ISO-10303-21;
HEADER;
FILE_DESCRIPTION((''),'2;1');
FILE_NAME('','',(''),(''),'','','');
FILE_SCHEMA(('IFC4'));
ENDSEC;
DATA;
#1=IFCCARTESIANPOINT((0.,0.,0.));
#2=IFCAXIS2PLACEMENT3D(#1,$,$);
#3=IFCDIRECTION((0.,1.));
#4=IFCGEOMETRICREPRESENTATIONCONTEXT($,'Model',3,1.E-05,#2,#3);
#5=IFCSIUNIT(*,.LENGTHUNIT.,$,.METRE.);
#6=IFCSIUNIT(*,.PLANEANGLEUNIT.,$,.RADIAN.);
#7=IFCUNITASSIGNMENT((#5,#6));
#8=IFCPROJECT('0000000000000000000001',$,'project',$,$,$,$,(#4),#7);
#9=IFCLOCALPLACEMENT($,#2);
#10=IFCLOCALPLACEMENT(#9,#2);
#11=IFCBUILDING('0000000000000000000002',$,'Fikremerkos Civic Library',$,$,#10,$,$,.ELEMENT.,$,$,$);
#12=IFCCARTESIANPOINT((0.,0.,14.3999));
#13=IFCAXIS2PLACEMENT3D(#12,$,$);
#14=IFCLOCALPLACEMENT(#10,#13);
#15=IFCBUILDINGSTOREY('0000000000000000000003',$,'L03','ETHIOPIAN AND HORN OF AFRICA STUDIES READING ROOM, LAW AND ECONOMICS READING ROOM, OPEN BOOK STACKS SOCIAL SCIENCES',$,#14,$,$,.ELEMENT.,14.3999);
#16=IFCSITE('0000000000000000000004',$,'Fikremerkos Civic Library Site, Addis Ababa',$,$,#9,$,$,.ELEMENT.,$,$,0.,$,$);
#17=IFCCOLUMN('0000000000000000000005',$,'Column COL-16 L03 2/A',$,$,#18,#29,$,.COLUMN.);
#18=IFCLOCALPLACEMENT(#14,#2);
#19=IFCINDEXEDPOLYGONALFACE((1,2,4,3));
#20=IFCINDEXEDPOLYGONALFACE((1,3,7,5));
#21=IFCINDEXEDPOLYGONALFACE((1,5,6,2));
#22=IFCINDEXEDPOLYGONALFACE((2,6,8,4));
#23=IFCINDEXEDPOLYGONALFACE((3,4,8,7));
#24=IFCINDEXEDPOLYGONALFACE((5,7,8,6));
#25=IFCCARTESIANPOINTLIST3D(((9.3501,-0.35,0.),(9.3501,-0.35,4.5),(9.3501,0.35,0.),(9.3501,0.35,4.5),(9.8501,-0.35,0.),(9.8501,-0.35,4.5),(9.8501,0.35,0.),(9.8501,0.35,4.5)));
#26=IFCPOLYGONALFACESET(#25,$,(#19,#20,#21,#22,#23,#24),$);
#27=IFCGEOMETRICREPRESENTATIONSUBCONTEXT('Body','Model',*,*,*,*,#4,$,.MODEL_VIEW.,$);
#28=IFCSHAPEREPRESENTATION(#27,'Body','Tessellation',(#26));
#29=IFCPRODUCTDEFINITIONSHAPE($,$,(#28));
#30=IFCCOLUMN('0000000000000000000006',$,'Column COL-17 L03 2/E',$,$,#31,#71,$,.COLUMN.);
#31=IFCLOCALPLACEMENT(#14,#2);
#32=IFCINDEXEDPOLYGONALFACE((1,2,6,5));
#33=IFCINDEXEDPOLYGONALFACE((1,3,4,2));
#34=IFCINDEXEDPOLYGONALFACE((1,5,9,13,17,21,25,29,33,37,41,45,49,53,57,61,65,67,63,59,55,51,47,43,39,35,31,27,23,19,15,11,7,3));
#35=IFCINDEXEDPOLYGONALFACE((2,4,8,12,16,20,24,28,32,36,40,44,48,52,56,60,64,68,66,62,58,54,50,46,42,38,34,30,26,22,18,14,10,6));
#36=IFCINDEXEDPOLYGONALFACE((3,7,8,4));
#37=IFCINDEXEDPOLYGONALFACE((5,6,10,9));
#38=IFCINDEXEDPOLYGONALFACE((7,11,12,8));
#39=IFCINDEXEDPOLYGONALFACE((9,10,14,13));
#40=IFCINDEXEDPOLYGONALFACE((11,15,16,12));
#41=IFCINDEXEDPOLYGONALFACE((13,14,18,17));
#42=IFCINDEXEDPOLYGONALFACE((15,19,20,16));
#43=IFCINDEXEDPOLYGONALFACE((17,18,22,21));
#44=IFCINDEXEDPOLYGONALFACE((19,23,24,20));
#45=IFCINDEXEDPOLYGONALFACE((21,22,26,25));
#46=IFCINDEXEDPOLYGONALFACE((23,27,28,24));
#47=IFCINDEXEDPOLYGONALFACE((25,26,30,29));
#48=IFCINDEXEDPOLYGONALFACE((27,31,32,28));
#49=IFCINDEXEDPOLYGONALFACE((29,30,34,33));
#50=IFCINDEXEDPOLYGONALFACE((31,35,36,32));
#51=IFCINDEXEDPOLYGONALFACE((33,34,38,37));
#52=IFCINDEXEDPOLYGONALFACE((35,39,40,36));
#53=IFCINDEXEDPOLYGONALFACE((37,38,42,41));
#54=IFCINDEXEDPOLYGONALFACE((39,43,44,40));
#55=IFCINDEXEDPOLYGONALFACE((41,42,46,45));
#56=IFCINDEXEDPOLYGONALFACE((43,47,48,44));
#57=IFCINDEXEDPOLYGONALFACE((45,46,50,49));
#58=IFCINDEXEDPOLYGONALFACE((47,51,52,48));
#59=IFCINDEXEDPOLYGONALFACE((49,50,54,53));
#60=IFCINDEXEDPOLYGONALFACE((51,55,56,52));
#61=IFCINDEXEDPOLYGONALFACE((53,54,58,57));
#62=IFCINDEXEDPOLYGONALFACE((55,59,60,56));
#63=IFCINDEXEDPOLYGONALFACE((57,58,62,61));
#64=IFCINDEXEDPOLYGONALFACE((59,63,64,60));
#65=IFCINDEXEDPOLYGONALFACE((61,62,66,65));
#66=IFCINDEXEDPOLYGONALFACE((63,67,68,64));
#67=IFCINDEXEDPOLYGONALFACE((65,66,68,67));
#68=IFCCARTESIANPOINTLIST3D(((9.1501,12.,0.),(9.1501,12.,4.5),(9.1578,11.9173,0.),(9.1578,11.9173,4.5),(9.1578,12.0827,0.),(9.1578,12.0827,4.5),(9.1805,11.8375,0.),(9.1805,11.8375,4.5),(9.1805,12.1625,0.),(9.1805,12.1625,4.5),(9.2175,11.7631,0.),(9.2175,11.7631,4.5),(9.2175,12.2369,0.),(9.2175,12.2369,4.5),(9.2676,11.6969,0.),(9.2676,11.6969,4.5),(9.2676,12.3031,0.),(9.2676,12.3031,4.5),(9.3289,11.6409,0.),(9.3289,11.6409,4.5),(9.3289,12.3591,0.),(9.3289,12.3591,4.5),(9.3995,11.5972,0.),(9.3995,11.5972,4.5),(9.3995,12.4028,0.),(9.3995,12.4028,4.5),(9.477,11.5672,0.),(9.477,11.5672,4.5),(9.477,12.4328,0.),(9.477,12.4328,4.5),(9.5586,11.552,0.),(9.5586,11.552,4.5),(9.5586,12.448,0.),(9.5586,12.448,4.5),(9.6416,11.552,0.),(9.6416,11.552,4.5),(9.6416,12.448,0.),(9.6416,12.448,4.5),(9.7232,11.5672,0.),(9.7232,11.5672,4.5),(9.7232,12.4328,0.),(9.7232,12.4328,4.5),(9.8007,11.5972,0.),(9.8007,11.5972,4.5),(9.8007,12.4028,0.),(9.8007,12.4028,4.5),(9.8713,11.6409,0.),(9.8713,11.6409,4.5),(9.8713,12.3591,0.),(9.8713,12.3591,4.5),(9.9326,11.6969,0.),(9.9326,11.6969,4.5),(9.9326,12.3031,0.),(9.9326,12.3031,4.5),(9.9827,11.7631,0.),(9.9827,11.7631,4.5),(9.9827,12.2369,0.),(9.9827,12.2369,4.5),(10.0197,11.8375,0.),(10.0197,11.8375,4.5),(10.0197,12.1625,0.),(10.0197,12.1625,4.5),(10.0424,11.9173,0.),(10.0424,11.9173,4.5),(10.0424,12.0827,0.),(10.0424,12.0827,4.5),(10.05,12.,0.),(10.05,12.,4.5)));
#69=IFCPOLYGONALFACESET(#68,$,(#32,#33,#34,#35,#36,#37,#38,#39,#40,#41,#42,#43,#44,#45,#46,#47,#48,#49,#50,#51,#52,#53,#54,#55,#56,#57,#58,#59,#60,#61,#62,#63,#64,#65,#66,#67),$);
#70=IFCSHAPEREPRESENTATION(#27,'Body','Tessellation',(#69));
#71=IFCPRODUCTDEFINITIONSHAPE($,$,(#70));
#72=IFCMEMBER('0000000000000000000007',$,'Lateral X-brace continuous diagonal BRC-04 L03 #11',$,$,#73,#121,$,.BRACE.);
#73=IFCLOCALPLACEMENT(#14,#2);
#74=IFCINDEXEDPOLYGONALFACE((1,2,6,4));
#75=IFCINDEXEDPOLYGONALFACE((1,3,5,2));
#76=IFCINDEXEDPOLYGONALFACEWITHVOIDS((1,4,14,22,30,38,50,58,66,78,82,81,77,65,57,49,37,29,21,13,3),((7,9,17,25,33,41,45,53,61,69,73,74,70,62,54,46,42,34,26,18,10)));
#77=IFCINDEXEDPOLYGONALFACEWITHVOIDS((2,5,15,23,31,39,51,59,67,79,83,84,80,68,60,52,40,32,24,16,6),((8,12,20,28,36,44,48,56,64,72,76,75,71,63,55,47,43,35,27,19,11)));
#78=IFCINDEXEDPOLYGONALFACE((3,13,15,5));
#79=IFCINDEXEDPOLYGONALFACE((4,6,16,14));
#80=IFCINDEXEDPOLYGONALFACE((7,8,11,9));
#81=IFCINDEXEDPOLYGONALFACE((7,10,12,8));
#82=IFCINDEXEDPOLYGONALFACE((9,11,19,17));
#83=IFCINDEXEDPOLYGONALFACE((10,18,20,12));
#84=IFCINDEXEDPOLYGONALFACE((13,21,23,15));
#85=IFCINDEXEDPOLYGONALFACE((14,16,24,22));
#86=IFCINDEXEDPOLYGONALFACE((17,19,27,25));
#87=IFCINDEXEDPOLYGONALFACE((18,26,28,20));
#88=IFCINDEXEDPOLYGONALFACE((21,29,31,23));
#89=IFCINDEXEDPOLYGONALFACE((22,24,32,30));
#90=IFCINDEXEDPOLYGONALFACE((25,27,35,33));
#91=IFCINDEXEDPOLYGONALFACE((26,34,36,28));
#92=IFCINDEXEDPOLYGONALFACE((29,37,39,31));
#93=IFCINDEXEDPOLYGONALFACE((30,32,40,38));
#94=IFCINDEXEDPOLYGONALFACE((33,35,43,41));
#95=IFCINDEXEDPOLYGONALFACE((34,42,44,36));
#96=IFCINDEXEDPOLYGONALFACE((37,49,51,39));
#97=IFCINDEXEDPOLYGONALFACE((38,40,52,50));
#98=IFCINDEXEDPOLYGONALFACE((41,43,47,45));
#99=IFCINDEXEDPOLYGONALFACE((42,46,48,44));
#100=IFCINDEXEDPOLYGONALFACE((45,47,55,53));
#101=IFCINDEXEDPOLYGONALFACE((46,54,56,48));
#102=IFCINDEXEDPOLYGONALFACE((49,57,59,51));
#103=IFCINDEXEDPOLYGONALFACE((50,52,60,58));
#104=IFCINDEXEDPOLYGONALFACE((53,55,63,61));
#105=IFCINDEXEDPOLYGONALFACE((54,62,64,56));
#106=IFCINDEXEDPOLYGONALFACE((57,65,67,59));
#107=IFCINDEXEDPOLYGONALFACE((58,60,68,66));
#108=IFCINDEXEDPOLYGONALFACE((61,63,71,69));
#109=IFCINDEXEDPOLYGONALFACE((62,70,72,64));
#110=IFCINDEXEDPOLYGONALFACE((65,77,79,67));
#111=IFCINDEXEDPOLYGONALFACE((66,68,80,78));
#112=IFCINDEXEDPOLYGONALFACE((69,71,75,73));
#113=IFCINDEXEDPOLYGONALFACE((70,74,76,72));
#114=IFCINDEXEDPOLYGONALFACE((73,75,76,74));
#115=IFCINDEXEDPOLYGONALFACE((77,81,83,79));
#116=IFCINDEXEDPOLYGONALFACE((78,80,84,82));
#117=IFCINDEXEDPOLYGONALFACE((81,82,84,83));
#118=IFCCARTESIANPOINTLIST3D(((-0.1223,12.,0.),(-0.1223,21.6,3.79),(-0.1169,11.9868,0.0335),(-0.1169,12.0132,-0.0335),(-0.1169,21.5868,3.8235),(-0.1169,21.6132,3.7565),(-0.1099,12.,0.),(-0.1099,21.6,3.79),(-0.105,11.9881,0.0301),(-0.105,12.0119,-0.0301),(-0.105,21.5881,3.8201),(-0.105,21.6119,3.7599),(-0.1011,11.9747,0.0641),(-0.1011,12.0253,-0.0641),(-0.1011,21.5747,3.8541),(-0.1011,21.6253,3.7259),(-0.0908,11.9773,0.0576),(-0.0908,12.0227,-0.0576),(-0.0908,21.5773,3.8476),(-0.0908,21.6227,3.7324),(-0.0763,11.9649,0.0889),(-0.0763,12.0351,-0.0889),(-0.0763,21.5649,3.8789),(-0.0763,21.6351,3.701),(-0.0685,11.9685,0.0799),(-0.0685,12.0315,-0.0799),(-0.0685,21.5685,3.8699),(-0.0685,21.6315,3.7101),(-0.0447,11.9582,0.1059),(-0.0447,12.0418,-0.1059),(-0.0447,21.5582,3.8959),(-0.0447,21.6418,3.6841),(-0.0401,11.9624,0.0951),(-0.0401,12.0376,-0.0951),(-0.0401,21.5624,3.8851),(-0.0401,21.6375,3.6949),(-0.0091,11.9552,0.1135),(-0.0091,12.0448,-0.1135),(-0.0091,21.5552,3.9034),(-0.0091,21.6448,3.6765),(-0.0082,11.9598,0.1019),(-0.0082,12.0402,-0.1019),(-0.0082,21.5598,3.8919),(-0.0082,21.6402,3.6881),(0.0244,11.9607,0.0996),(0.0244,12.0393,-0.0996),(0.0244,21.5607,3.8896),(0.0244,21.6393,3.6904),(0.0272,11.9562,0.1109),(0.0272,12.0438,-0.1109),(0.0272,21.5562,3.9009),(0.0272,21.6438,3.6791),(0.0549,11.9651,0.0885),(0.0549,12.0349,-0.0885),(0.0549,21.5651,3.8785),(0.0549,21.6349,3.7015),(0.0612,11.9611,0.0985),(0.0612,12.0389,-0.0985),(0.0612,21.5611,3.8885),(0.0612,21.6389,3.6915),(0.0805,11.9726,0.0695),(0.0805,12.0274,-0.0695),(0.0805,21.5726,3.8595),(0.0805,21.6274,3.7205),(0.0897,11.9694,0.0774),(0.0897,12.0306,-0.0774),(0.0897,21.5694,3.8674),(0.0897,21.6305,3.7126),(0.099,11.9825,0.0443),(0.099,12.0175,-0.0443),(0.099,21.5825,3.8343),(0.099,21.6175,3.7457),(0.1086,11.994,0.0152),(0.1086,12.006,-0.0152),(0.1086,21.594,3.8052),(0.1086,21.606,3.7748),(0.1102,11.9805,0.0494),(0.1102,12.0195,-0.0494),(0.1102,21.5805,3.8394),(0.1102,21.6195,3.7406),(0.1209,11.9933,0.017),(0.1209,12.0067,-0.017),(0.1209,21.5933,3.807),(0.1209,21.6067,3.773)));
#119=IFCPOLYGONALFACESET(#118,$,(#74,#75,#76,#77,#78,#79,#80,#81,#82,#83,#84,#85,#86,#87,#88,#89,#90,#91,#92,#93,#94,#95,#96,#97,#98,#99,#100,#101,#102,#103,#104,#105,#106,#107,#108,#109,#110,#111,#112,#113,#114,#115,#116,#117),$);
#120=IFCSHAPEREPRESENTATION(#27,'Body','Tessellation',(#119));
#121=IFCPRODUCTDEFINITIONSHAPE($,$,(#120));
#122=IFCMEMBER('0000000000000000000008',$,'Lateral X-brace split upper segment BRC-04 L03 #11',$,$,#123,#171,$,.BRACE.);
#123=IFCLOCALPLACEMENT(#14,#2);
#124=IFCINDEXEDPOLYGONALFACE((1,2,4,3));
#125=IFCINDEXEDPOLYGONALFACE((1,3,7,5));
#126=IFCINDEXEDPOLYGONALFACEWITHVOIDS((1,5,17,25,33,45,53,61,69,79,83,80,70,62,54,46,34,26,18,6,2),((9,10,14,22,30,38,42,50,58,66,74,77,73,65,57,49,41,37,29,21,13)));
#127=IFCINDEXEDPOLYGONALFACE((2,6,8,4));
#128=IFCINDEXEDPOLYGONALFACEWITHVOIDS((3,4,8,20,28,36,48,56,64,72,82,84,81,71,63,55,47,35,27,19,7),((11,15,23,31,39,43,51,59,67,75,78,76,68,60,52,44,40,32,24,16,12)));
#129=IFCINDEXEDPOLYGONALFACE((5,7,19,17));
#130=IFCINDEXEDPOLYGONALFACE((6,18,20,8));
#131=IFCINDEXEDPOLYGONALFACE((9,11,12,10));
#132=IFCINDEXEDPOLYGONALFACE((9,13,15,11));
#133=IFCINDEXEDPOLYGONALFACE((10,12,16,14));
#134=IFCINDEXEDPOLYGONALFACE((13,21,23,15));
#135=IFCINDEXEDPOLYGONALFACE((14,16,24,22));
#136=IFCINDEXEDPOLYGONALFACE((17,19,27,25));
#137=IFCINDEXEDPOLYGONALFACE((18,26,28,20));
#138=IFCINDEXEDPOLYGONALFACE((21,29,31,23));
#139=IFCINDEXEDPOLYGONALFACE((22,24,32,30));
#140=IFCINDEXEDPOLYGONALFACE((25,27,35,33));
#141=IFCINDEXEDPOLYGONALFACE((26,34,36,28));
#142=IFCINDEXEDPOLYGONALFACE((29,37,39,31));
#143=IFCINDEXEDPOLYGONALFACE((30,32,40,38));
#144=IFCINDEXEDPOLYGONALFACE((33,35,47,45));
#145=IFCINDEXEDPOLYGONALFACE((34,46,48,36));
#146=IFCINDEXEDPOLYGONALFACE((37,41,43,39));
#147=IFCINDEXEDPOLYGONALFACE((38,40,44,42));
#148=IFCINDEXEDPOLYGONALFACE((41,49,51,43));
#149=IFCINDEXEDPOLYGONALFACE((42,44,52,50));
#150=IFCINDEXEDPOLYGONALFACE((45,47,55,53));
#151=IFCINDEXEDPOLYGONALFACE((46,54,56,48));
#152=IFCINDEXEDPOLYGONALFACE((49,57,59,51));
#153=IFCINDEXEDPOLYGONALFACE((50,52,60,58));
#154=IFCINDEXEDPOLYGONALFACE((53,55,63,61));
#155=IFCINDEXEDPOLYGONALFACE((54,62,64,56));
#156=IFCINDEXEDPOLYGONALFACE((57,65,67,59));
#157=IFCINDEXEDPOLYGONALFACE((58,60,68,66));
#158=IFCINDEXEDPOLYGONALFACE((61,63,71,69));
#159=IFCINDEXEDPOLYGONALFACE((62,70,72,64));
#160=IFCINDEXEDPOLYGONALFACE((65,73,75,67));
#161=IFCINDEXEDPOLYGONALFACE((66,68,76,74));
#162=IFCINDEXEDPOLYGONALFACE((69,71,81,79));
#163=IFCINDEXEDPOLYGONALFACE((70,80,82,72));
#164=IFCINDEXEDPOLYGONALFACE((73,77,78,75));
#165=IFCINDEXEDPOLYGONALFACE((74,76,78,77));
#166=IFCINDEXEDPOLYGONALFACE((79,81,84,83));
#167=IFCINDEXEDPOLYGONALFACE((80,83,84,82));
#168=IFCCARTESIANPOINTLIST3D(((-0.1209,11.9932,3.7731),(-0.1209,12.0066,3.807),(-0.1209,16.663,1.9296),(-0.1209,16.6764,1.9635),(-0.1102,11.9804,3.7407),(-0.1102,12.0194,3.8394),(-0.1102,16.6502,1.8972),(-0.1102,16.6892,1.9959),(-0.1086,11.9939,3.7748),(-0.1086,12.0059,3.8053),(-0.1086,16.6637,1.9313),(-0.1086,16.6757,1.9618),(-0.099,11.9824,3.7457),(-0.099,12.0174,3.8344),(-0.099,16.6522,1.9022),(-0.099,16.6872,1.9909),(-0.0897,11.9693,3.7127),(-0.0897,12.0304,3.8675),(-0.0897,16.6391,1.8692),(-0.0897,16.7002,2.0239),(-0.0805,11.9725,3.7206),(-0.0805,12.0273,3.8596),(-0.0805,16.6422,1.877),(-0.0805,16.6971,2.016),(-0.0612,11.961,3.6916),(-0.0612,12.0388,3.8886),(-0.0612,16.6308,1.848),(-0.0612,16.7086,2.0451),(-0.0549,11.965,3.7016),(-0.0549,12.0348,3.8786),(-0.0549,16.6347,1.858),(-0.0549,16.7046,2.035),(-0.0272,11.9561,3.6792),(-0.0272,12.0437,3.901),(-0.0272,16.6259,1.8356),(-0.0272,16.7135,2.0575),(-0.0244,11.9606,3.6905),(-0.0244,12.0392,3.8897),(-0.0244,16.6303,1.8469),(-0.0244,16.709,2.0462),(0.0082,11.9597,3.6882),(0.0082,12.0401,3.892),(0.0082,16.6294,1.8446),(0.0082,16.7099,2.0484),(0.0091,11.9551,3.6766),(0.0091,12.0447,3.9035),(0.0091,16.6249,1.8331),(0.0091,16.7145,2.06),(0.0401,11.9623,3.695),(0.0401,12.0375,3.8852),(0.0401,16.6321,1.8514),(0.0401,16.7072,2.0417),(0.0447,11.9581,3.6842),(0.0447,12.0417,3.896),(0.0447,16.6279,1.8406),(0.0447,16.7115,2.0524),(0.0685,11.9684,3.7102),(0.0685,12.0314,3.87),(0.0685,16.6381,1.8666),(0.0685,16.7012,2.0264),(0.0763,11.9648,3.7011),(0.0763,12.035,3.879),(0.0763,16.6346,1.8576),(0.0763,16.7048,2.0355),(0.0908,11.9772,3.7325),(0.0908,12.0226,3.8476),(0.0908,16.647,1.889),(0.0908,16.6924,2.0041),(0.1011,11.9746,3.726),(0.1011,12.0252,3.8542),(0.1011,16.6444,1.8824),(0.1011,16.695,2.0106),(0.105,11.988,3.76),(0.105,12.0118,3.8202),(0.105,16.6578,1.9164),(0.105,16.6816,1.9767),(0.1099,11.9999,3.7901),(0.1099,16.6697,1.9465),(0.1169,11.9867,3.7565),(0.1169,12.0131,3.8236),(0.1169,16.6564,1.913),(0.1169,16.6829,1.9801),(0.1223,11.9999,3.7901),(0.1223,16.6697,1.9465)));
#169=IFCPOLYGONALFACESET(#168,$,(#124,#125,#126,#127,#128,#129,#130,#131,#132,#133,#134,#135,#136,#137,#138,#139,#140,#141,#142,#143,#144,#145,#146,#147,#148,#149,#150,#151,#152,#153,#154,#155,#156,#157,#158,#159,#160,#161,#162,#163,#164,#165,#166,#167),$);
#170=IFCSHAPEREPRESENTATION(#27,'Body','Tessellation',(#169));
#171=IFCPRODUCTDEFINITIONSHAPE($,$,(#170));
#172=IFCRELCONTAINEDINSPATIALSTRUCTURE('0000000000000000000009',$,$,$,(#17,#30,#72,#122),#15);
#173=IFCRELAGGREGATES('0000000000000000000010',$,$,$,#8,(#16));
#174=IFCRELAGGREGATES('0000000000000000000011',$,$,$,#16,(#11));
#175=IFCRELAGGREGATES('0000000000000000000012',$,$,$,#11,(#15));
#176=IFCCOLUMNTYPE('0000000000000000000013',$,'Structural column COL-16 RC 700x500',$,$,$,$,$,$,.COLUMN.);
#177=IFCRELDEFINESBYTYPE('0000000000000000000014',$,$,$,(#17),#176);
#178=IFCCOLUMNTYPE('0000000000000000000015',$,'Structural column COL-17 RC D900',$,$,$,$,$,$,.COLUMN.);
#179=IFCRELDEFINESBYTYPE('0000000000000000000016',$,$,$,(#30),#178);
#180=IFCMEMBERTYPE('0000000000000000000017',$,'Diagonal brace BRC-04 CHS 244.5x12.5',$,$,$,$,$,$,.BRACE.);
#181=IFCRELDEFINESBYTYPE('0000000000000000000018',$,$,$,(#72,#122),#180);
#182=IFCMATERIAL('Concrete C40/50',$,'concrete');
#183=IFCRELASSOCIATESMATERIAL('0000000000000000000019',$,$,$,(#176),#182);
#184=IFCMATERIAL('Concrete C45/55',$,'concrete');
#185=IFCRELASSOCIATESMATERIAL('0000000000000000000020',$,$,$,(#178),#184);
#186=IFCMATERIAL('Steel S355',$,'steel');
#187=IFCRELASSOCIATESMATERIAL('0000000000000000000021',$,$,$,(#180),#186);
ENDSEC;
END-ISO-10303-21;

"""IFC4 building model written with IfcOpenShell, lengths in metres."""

from ifc_helpers import new_model, si_unit, direction, frame, origin, origin_2d, place, context, subcontext, project, spatial, rectangle, circle, hollow_circle, extrude, material, material_profile, profile_set, type_object, element, save


model = new_model("IFC4")

# Units and contexts
model_context = context("Model", 3, precision=1e-05, world=origin(), true_north=direction((0.0, 1.0)))
body_context = subcontext(model_context, "Body", "Model", "MODEL_VIEW")
ifc_project = project(units=[si_unit("LENGTHUNIT", "METRE"), si_unit("PLANEANGLEUNIT", "RADIAN")], contexts=[model_context])

# Site, building, storey
site_placement = place(None, origin())
site = spatial("IfcSite", under=ifc_project, at=site_placement, Name="Fikremerkos Civic Library Site, Addis Ababa", CompositionType="ELEMENT", RefElevation=0.0)
building_placement = place(site_placement, origin())
building = spatial("IfcBuilding", under=site, at=building_placement, Name="Fikremerkos Civic Library", CompositionType="ELEMENT")
storey_placement = place(building_placement, frame((0.0, 0.0, 14.3999)))
storey = spatial("IfcBuildingStorey", under=building, at=storey_placement, Name="L03", Description="ETHIOPIAN AND HORN OF AFRICA STUDIES READING ROOM, LAW AND ECONOMICS READING ROOM, OPEN BOOK STACKS SOCIAL SCIENCES", CompositionType="ELEMENT", Elevation=14.3999)

# Columns
ifc_material_1 = material(Name="Concrete C40/50", Category="concrete")
ifc_material_profile_1 = material_profile(ifc_material_1, rectangle(XDim=0.7, YDim=0.5, at=origin_2d()), Name="RC 700x500")
ifc_profile_set_1 = profile_set([ifc_material_profile_1], Name="Concrete C40/50")
column_type_1 = type_object("IfcColumnType", Name="Structural column COL-16 RC 700x500", PredefinedType="COLUMN", material=ifc_profile_set_1)
column_1_placement = place(storey_placement, frame((9.6001, 0.0, 0.0), z_axis=(0.0, 0.0, 1.0), x_axis=(0.0, 1.0, 0.0)))
element("IfcColumn", 1, at=column_1_placement, inside=storey, type_object=column_type_1, Name="Column COL-16 L03 2/A", PredefinedType="COLUMN", context=body_context, shape_type="SweptSolid", body=[
    extrude(rectangle(XDim=0.7, YDim=0.5, at=origin_2d()), origin(), (0.0, 0.0, 1.0), 4.5),
])
ifc_material_2 = material(Name="Concrete C45/55", Category="concrete")
ifc_material_profile_2 = material_profile(ifc_material_2, circle(Radius=0.45, at=origin_2d()), Name="RC D900")
ifc_profile_set_2 = profile_set([ifc_material_profile_2], Name="Concrete C45/55")
column_type_2 = type_object("IfcColumnType", Name="Structural column COL-17 RC D900", PredefinedType="COLUMN", material=ifc_profile_set_2)
column_2_placement = place(storey_placement, frame((9.6001, 12.0, 0.0), z_axis=(0.0, 0.0, 1.0), x_axis=(1.0, 0.0, 0.0)))
element("IfcColumn", 2, at=column_2_placement, inside=storey, type_object=column_type_2, Name="Column COL-17 L03 2/E", PredefinedType="COLUMN", context=body_context, shape_type="SweptSolid", body=[
    extrude(circle(Radius=0.45, at=origin_2d()), origin(), (0.0, 0.0, 1.0), 4.5),
])

# Members
ifc_material_3 = material(Name="Steel S355", Category="steel")
ifc_material_profile_3 = material_profile(ifc_material_3, hollow_circle(Radius=0.1223, WallThickness=0.0125, at=origin_2d()), Name="CHS 244.5x12.5")
ifc_profile_set_3 = profile_set([ifc_material_profile_3], Name="Steel S355")
member_type = type_object("IfcMemberType", Name="Diagonal brace BRC-04 CHS 244.5x12.5", PredefinedType="BRACE", material=ifc_profile_set_3)
member_1_placement = place(storey_placement, frame((0.0, 12.0, 0.0), z_axis=(0.0, 0.930138, 0.367211), x_axis=(-1.0, 0.0, 0.0)))
element("IfcMember", 3, at=member_1_placement, inside=storey, type_object=member_type, Name="Lateral X-brace continuous diagonal BRC-04 L03 #11", PredefinedType="BRACE", context=body_context, shape_type="SweptSolid", body=[
    extrude(hollow_circle(Radius=0.1223, WallThickness=0.0125, at=origin_2d()), origin(), (0.0, 0.0, 1.0), 10.321),
])
member_2_placement = place(storey_placement, frame((0.0, 16.6697, 1.9465), z_axis=(0.0, -0.930141, 0.367203), x_axis=(1.0, 0.0, 0.0)))
element("IfcMember", 4, at=member_2_placement, inside=storey, type_object=member_type, Name="Lateral X-brace split upper segment BRC-04 L03 #11", PredefinedType="BRACE", context=body_context, shape_type="SweptSolid", body=[
    extrude(hollow_circle(Radius=0.1223, WallThickness=0.0125, at=origin_2d()), origin(), (0.0, 0.0, 1.0), 5.0205),
])

save(model, "model.ifc")
